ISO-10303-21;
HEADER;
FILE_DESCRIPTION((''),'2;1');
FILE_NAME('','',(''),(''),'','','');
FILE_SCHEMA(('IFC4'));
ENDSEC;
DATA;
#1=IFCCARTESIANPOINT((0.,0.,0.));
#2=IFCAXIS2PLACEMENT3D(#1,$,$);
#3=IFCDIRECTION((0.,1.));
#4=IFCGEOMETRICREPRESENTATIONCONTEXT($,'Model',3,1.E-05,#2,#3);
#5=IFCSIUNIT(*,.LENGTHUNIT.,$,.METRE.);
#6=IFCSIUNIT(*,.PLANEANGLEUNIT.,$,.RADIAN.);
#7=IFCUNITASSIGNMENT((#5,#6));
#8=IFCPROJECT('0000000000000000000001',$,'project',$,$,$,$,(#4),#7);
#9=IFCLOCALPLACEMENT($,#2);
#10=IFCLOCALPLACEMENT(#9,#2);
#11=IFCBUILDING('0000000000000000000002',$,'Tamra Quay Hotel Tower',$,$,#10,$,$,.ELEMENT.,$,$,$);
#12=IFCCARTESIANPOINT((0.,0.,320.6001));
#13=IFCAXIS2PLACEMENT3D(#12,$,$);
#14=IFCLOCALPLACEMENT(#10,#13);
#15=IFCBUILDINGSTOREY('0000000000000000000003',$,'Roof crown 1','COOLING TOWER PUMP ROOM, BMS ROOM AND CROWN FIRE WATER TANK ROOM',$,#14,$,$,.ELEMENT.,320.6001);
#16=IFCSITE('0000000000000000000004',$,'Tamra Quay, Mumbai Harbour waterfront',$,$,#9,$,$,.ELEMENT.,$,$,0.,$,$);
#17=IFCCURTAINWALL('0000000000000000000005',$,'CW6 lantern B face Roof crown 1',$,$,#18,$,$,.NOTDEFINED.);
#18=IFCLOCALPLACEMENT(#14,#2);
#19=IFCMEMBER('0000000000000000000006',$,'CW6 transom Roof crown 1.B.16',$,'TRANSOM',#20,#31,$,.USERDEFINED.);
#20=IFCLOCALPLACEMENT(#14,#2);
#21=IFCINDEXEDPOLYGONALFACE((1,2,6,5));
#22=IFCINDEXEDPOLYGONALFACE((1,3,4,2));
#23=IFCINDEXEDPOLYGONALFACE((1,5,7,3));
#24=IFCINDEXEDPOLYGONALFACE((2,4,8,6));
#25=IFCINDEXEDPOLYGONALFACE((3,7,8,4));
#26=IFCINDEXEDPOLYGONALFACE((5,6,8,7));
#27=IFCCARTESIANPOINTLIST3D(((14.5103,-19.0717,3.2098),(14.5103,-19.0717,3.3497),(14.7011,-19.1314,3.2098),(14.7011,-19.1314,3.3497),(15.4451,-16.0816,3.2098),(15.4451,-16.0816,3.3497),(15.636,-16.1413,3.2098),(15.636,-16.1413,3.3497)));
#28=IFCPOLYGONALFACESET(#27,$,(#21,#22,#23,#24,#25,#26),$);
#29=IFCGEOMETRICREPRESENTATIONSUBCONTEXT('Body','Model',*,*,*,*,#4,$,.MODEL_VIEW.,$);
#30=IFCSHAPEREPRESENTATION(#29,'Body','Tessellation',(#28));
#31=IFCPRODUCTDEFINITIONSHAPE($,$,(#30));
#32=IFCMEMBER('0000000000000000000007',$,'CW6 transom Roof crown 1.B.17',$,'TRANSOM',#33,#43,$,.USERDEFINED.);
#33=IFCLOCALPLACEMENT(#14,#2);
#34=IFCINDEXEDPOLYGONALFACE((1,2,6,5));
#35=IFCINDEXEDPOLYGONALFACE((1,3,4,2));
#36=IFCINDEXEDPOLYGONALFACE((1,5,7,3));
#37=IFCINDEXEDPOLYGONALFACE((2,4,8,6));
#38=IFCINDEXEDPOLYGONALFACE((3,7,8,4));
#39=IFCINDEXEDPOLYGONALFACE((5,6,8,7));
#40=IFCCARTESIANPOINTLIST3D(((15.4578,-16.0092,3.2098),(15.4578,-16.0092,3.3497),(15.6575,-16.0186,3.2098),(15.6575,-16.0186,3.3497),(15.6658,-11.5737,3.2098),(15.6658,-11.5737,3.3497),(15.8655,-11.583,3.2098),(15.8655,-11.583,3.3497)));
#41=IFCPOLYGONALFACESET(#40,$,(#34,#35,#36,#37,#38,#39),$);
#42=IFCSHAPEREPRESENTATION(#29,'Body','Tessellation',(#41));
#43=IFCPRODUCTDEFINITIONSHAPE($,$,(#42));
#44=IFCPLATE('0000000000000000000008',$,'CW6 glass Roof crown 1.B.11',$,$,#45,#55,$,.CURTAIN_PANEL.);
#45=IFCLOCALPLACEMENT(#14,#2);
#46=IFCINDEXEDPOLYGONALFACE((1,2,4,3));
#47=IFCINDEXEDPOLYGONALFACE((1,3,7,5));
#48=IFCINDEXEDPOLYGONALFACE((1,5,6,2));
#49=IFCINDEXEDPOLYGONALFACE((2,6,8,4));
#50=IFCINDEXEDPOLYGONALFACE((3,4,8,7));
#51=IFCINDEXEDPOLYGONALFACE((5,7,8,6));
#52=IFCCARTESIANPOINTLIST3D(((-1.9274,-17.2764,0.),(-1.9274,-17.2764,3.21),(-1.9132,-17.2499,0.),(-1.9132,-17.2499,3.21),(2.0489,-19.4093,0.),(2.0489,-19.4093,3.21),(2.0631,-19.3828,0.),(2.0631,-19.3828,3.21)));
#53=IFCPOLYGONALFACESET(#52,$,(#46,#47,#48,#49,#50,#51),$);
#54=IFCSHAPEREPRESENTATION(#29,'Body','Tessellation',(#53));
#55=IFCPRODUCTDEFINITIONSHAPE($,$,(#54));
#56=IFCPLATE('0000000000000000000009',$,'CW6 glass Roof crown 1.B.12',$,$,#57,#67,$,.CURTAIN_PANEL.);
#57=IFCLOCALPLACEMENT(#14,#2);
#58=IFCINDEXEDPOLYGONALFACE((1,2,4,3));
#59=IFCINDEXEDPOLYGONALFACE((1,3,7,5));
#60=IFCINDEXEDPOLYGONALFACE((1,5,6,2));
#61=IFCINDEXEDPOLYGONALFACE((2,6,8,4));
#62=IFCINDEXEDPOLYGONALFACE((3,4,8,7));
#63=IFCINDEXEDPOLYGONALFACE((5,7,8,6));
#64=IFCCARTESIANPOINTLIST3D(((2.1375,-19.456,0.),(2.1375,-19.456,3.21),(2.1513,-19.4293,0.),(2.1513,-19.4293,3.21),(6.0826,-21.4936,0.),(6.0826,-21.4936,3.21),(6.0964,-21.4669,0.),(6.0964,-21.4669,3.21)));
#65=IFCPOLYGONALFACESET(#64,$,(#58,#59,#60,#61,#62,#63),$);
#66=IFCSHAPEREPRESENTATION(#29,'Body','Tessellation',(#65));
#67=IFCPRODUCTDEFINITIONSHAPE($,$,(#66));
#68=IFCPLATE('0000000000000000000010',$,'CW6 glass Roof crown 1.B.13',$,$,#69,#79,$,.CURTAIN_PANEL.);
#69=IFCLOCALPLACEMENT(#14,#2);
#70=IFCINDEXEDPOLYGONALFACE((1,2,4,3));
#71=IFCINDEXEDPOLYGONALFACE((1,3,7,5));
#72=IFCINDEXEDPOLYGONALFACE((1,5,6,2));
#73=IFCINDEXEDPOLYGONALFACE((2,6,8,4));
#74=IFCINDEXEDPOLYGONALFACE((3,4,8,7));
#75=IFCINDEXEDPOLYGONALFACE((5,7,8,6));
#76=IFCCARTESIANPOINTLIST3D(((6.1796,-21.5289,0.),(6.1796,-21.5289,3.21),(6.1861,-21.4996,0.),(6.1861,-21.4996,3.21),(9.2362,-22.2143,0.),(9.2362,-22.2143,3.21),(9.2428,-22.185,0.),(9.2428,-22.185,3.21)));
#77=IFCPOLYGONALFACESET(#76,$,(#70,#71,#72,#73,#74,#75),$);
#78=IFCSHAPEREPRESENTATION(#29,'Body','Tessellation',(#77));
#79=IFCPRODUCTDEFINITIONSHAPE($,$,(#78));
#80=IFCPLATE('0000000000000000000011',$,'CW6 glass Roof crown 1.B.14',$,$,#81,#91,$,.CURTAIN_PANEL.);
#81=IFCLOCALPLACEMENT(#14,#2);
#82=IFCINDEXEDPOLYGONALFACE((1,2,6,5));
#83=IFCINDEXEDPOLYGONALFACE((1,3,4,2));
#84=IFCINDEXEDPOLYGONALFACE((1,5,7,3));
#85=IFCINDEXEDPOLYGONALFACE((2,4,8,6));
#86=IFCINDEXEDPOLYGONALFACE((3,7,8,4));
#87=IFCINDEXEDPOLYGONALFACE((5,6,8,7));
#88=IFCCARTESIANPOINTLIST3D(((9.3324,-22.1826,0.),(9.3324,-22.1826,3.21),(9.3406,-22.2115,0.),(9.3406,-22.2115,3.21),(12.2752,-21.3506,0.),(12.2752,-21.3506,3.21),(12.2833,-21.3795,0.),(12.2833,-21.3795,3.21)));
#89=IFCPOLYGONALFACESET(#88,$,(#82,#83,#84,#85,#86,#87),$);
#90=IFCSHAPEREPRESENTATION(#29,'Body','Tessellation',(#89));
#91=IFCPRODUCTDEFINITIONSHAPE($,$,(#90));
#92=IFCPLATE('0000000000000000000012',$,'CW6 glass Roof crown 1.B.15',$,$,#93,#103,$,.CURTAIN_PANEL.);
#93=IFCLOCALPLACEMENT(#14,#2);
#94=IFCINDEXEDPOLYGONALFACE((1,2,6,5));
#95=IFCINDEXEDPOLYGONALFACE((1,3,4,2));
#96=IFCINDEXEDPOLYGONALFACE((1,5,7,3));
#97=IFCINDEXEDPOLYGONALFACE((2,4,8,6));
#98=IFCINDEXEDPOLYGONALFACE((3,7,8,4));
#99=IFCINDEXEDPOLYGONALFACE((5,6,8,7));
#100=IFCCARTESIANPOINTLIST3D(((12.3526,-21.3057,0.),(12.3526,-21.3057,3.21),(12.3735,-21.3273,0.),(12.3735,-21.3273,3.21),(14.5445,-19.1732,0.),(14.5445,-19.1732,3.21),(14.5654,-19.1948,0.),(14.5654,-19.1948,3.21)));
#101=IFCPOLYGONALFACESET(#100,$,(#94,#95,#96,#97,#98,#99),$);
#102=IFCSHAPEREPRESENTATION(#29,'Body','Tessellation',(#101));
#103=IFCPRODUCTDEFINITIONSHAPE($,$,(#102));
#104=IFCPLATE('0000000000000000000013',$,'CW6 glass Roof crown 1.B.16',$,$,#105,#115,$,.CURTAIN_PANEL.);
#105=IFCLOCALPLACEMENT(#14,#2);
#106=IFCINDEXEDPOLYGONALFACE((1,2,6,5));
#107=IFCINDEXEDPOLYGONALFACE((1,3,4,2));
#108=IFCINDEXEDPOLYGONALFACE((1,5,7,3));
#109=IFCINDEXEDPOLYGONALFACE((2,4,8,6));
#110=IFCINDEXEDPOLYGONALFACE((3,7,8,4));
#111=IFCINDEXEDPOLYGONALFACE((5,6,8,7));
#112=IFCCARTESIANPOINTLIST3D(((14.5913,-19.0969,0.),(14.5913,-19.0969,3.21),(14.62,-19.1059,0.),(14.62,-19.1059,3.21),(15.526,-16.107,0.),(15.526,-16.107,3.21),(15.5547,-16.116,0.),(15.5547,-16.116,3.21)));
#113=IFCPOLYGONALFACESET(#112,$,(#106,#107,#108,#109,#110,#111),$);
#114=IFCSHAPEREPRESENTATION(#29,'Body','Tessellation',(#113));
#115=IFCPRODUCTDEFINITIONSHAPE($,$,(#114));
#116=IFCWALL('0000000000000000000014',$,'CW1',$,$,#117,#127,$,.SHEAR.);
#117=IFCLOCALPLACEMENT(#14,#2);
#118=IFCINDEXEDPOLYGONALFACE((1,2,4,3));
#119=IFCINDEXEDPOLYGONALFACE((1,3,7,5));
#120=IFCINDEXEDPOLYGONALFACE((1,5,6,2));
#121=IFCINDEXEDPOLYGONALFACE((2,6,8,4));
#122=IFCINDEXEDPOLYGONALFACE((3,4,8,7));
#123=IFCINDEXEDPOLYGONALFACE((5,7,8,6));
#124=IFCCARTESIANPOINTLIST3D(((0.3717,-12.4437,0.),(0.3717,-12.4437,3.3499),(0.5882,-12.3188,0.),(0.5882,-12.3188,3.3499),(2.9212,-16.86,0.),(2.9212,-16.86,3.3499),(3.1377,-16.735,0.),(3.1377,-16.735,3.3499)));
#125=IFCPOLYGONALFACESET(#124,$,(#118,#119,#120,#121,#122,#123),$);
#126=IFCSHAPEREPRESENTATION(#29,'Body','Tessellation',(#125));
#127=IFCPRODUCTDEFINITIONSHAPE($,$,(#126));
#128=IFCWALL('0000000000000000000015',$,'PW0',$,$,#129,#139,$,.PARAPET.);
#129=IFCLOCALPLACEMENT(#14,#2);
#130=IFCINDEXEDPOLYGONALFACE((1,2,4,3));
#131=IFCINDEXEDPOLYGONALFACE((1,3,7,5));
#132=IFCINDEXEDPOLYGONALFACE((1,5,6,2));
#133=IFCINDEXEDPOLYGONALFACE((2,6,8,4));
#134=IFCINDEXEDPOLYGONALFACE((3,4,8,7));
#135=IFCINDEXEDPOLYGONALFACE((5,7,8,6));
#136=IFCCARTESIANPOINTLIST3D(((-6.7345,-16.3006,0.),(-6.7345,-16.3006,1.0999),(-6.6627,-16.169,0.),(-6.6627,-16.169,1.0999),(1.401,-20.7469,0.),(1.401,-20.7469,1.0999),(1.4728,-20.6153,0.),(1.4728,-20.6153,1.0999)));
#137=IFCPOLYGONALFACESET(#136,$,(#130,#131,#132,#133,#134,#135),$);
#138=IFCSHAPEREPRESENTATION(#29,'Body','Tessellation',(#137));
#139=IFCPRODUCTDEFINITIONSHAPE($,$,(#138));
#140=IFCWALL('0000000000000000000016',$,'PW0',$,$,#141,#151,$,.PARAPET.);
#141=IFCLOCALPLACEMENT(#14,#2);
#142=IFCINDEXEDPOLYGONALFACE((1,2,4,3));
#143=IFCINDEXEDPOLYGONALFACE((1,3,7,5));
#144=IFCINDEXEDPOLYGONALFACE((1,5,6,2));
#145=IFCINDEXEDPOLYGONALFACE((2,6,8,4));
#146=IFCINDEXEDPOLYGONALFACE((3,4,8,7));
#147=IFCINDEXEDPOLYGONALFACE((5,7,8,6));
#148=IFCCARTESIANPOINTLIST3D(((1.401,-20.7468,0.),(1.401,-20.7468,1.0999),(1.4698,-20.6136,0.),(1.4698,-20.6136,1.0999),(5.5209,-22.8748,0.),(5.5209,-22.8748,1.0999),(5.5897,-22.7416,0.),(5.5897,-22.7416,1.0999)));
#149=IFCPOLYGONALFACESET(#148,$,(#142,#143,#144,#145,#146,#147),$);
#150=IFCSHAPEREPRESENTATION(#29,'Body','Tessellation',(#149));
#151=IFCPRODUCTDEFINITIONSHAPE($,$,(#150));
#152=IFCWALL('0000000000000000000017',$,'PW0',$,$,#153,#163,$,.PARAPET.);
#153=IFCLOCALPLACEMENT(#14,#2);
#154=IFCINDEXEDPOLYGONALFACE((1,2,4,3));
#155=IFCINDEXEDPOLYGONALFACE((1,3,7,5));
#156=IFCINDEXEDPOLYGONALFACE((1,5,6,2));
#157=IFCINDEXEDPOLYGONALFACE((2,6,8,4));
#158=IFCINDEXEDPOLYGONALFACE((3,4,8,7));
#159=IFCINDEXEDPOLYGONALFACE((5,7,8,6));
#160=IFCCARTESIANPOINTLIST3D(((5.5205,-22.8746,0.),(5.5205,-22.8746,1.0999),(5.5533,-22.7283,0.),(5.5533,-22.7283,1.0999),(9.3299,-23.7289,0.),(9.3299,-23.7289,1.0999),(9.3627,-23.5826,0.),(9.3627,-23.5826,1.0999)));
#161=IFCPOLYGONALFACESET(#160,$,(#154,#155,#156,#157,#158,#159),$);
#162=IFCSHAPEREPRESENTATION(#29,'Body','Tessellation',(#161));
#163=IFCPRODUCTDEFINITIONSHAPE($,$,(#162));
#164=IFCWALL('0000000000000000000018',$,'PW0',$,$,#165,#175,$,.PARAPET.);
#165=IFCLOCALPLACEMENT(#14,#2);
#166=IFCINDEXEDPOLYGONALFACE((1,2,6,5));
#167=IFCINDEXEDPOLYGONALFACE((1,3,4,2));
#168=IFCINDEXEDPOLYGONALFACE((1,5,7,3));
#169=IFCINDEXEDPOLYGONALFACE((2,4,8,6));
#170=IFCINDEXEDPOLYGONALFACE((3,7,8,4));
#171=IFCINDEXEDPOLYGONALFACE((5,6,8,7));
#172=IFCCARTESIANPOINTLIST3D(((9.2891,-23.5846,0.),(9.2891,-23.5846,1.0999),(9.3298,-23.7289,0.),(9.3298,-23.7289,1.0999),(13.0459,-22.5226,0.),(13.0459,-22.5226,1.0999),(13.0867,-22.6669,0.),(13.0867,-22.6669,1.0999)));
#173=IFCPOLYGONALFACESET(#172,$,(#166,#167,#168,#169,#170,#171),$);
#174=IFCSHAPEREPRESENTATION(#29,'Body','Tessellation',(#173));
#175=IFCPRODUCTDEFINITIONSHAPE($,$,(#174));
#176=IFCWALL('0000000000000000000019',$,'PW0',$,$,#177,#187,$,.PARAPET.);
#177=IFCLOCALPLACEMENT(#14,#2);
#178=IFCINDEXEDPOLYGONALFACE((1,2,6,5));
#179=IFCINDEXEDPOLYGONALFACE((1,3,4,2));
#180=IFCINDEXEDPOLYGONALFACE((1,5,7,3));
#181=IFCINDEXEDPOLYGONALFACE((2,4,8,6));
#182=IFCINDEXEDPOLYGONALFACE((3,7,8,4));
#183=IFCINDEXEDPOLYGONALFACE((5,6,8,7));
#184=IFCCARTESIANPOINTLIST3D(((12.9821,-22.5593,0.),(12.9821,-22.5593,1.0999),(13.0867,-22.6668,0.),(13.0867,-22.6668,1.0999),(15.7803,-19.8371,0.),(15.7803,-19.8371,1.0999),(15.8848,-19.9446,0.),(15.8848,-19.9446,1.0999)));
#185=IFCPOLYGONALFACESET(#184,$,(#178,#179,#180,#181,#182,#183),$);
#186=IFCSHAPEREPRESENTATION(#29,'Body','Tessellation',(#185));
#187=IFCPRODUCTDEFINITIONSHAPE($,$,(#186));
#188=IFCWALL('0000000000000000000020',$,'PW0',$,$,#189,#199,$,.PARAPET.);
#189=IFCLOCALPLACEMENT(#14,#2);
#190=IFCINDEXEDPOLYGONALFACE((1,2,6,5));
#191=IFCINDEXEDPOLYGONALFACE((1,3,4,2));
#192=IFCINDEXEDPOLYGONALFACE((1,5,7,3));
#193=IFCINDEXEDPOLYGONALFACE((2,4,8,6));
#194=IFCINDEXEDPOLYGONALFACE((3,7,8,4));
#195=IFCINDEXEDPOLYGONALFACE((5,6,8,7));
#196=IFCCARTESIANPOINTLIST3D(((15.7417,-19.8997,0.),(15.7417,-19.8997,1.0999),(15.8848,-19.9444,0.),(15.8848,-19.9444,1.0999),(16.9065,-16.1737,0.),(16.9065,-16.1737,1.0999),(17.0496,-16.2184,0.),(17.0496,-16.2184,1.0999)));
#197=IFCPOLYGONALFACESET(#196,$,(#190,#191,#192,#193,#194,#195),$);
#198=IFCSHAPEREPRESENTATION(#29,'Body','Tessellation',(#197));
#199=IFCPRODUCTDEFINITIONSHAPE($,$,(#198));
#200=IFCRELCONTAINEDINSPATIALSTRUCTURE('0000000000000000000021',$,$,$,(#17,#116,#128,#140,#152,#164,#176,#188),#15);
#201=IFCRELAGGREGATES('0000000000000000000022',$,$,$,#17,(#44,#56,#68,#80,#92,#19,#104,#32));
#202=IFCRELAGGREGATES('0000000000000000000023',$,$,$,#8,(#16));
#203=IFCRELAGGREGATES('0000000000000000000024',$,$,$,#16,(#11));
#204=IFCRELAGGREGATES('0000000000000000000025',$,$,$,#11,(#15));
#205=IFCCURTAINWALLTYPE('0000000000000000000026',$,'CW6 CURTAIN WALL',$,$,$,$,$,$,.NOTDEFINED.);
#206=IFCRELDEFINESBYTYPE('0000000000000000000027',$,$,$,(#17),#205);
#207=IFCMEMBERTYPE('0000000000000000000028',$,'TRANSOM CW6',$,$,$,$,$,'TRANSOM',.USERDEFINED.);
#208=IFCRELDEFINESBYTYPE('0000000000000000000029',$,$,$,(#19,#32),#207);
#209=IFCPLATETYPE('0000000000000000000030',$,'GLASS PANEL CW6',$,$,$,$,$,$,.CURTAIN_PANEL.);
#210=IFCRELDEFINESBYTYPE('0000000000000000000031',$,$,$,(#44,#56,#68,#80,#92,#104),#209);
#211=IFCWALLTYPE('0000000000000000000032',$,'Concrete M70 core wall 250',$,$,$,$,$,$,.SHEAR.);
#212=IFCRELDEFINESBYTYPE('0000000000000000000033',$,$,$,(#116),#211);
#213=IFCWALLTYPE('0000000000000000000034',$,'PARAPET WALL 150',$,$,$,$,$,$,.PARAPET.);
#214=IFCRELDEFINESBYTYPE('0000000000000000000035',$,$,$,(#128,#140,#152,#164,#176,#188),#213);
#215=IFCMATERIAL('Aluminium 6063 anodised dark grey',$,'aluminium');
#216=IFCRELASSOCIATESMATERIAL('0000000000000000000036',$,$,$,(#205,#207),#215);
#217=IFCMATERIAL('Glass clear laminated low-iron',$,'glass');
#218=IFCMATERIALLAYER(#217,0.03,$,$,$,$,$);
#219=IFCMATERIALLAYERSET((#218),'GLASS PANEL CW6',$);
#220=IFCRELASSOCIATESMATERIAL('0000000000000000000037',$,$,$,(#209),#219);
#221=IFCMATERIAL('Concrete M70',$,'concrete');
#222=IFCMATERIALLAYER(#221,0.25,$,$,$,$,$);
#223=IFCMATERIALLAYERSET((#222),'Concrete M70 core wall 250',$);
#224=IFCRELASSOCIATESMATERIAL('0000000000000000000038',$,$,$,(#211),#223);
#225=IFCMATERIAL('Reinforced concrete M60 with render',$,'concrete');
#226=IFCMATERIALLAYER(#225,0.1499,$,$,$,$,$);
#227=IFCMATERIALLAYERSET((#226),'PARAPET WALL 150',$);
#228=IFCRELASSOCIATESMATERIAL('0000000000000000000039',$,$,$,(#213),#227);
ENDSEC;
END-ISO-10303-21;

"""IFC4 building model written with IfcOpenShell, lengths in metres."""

from ifc_helpers import new_model, si_unit, direction, frame, frame_2d, origin, origin_2d, place, context, subcontext, project, spatial, rectangle, extrude, material, layer, layer_set, material_profile, profile_set, type_object, element, aggregate, save


model = new_model("IFC4")

# Units and contexts
model_context = context("Model", 3, precision=1e-05, world=origin(), true_north=direction((0.0, 1.0)))
body_context = subcontext(model_context, "Body", "Model", "MODEL_VIEW")
ifc_project = project(units=[si_unit("LENGTHUNIT", "METRE"), si_unit("PLANEANGLEUNIT", "RADIAN")], contexts=[model_context])

# Site, building, storey
site_placement = place(None, origin())
site = spatial("IfcSite", under=ifc_project, at=site_placement, Name="Tamra Quay, Mumbai Harbour waterfront", CompositionType="ELEMENT", RefElevation=0.0)
building_placement = place(site_placement, origin())
building = spatial("IfcBuilding", under=site, at=building_placement, Name="Tamra Quay Hotel Tower", CompositionType="ELEMENT")
storey_placement = place(building_placement, frame((0.0, 0.0, 320.6001)))
storey = spatial("IfcBuildingStorey", under=building, at=storey_placement, Name="Roof crown 1", Description="COOLING TOWER PUMP ROOM, BMS ROOM AND CROWN FIRE WATER TANK ROOM", CompositionType="ELEMENT", Elevation=320.6001)

# Curtain wall, members, plates
ifc_material_1 = material(Name="Aluminium 6063 anodised dark grey", Category="aluminium")
curtain_wall_type = type_object("IfcCurtainWallType", Name="CW6 CURTAIN WALL", PredefinedType="NOTDEFINED", material=ifc_material_1)
curtain_wall_placement = place(storey_placement, origin())
curtain_wall = element("IfcCurtainWall", 1, at=curtain_wall_placement, inside=storey, type_object=curtain_wall_type, Name="CW6 lantern B face Roof crown 1", PredefinedType="NOTDEFINED")
ifc_material_profile_1 = material_profile(ifc_material_1, rectangle(XDim=0.2, YDim=0.1399, at=origin_2d()), Name="TRANSOM 200X140")
ifc_profile_set_1 = profile_set([ifc_material_profile_1], Name="Aluminium 6063 anodised dark grey")
member_type_1 = type_object("IfcMemberType", Name="TRANSOM CW6", ElementType="TRANSOM", PredefinedType="USERDEFINED", material=ifc_profile_set_1)
member_1_placement = place(storey_placement, frame((14.6057, -19.1016, 3.2798), z_axis=(0.298404, 0.95444, 0.0), x_axis=(-0.95444, 0.298404, 0.0)))
member_1 = element("IfcMember", 2, at=member_1_placement, type_object=member_type_1, Name="CW6 transom Roof crown 1.B.16", ObjectType="TRANSOM", PredefinedType="USERDEFINED", context=body_context, shape_type="SweptSolid", body=[
    extrude(rectangle(XDim=0.2, YDim=0.1399, at=origin_2d()), origin(), (0.0, 0.0, 1.0), 3.1328),
])
member_2_placement = place(storey_placement, frame((15.5576, -16.0139, 3.2798), z_axis=(0.046844, 0.998902, 0.0), x_axis=(-0.998902, 0.046844, 0.0)))
member_2 = element("IfcMember", 3, at=member_2_placement, type_object=member_type_1, Name="CW6 transom Roof crown 1.B.17", ObjectType="TRANSOM", PredefinedType="USERDEFINED", context=body_context, shape_type="SweptSolid", body=[
    extrude(rectangle(XDim=0.2, YDim=0.1399, at=origin_2d()), origin(), (0.0, 0.0, 1.0), 4.4404),
])
ifc_material_2 = material(Name="Glass clear laminated low-iron", Category="glass")
ifc_layer_1 = layer(ifc_material_2, 0.03)
ifc_layer_set_1 = layer_set([ifc_layer_1], Name="GLASS PANEL CW6")
plate_type = type_object("IfcPlateType", Name="GLASS PANEL CW6", PredefinedType="CURTAIN_PANEL", material=ifc_layer_set_1)
plate_1_placement = place(storey_placement, frame((0.0679, -18.3296, 0.0), z_axis=(0.0, 0.0, 1.0), x_axis=(0.881224, -0.4727, 0.0)))
plate_1 = element("IfcPlate", 4, at=plate_1_placement, type_object=plate_type, Name="CW6 glass Roof crown 1.B.11", PredefinedType="CURTAIN_PANEL", context=body_context, shape_type="SweptSolid", body=[
    extrude(rectangle(XDim=4.5122, YDim=0.03, at=origin_2d()), origin(), (0.0, 0.0, 1.0), 3.21),
])
plate_2_placement = place(storey_placement, frame((4.1169, -20.4614, 0.0), z_axis=(0.0, 0.0, 1.0), x_axis=(0.888486, -0.458903, 0.0)))
plate_2 = element("IfcPlate", 5, at=plate_2_placement, type_object=plate_type, Name="CW6 glass Roof crown 1.B.12", PredefinedType="CURTAIN_PANEL", context=body_context, shape_type="SweptSolid", body=[
    extrude(rectangle(XDim=4.4402, YDim=0.03, at=origin_2d()), origin(), (0.0, 0.0, 1.0), 3.21),
])
plate_3_placement = place(storey_placement, frame((7.7112, -21.8569, 0.0), z_axis=(0.0, 0.0, 1.0), x_axis=(0.975768, -0.218806, 0.0)))
plate_3 = element("IfcPlate", 6, at=plate_3_placement, type_object=plate_type, Name="CW6 glass Roof crown 1.B.13", PredefinedType="CURTAIN_PANEL", context=body_context, shape_type="SweptSolid", body=[
    extrude(rectangle(XDim=3.1326, YDim=0.03, at=origin_2d()), origin(), (0.0, 0.0, 1.0), 3.21),
])
plate_4_placement = place(storey_placement, frame((10.8079, -21.781, 0.0), z_axis=(0.0, 0.0, 1.0), x_axis=(0.96228, 0.272062, 0.0)))
plate_4 = element("IfcPlate", 7, at=plate_4_placement, type_object=plate_type, Name="CW6 glass Roof crown 1.B.14", PredefinedType="CURTAIN_PANEL", context=body_context, shape_type="SweptSolid", body=[
    extrude(rectangle(XDim=3.0581, YDim=0.03, at=origin_2d()), origin(), (0.0, 0.0, 1.0), 3.21),
])
plate_5_placement = place(storey_placement, frame((13.459, -20.2502, 0.0), z_axis=(0.0, 0.0, 1.0), x_axis=(0.716753, 0.697327, 0.0)))
plate_5 = element("IfcPlate", 8, at=plate_5_placement, type_object=plate_type, Name="CW6 glass Roof crown 1.B.15", PredefinedType="CURTAIN_PANEL", context=body_context, shape_type="SweptSolid", body=[
    extrude(rectangle(XDim=3.0581, YDim=0.03, at=origin_2d()), origin(), (0.0, 0.0, 1.0), 3.21),
])
plate_6_placement = place(storey_placement, frame((15.073, -17.6064, 0.0), z_axis=(0.0, 0.0, 1.0), x_axis=(0.298392, 0.954443, 0.0)))
plate_6 = element("IfcPlate", 9, at=plate_6_placement, type_object=plate_type, Name="CW6 glass Roof crown 1.B.16", PredefinedType="CURTAIN_PANEL", context=body_context, shape_type="SweptSolid", body=[
    extrude(rectangle(XDim=3.1326, YDim=0.03, at=origin_2d()), origin(), (0.0, 0.0, 1.0), 3.21),
])
aggregate(curtain_wall, [plate_1, plate_2, plate_3, plate_4, plate_5, member_1, plate_6, member_2])

# Walls
ifc_material_3 = material(Name="Concrete M70", Category="concrete")
ifc_layer_2 = layer(ifc_material_3, 0.25)
ifc_layer_set_2 = layer_set([ifc_layer_2], Name="Concrete M70 core wall 250")
wall_type_1 = type_object("IfcWallType", Name="Concrete M70 core wall 250", PredefinedType="SHEAR", material=ifc_layer_set_2)
wall_1_placement = place(storey_placement, frame((3.0295, -16.7976, 0.0), z_axis=(0.0, 0.0, 1.0), x_axis=(-0.499975, 0.86604, 0.0)))
element("IfcWall", 10, at=wall_1_placement, inside=storey, type_object=wall_type_1, Name="CW1", PredefinedType="SHEAR", context=body_context, shape_type="SweptSolid", body=[
    extrude(rectangle(XDim=5.0994, YDim=0.25, at=frame_2d((2.5498, 0.0))), origin(), (0.0, 0.0, 1.0), 3.3499),
])
ifc_material_4 = material(Name="Reinforced concrete M60 with render", Category="concrete")
ifc_layer_3 = layer(ifc_material_4, 0.1499)
ifc_layer_set_3 = layer_set([ifc_layer_3], Name="PARAPET WALL 150")
wall_type_2 = type_object("IfcWallType", Name="PARAPET WALL 150", PredefinedType="PARAPET", material=ifc_layer_set_3)
wall_2_placement = place(storey_placement, frame((1.437, -20.6812, 0.0), z_axis=(0.0, 0.0, 1.0), x_axis=(-0.877499, 0.479579, 0.0)))
element("IfcWall", 11, at=wall_2_placement, inside=storey, type_object=wall_type_2, Name="PW0", PredefinedType="PARAPET", context=body_context, shape_type="SweptSolid", body=[
    extrude(rectangle(XDim=9.2712, YDim=0.1499, at=frame_2d((4.6357, 0.0))), origin(), (0.0, 0.0, 1.0), 1.0999),
])
wall_3_placement = place(storey_placement, frame((5.5552, -22.8081, 0.0), z_axis=(0.0, 0.0, 1.0), x_axis=(-0.888485, 0.458906, 0.0)))
element("IfcWall", 12, at=wall_3_placement, inside=storey, type_object=wall_type_2, Name="PW0", PredefinedType="PARAPET", context=body_context, shape_type="SweptSolid", body=[
    extrude(rectangle(XDim=4.637, YDim=0.1499, at=frame_2d((2.3184, 0.0))), origin(), (0.0, 0.0, 1.0), 1.0999),
])
for number, where, z_axis, x_axis, name in (
    (13, (9.3464, -23.6558, 0.0), (0.0, 0.0, 1.0), (-0.975766, 0.218817, 0.0), "PW0"),
    (14, (13.0664, -22.5947, 0.0), (0.0, 0.0, 1.0), (-0.962289, -0.272028, 0.0), "PW0"),
):
    element("IfcWall", number, at=place(storey_placement, frame(where, z_axis=z_axis, x_axis=x_axis)), inside=storey, type_object=wall_type_2, Name=name, PredefinedType="PARAPET", context=body_context, shape_type="SweptSolid", body=[
        extrude(rectangle(XDim=3.9041, YDim=0.1499, at=frame_2d((1.9521, 0.0))), origin(), (0.0, 0.0, 1.0), 1.0999),
    ])
for number, where, z_axis, x_axis, name in (
    (15, (15.8325, -19.8909, 0.0), (0.0, 0.0, 1.0), (-0.716765, -0.697315, 0.0), "PW0"),
    (16, (16.978, -16.196, 0.0), (0.0, 0.0, 1.0), (-0.298368, -0.954451, 0.0), "PW0"),
):
    element("IfcWall", number, at=place(storey_placement, frame(where, z_axis=z_axis, x_axis=x_axis)), inside=storey, type_object=wall_type_2, Name=name, PredefinedType="PARAPET", context=body_context, shape_type="SweptSolid", body=[
        extrude(rectangle(XDim=3.9038, YDim=0.1499, at=frame_2d((1.9519, 0.0))), origin(), (0.0, 0.0, 1.0), 1.0999),
    ])

save(model, "model.ifc")
